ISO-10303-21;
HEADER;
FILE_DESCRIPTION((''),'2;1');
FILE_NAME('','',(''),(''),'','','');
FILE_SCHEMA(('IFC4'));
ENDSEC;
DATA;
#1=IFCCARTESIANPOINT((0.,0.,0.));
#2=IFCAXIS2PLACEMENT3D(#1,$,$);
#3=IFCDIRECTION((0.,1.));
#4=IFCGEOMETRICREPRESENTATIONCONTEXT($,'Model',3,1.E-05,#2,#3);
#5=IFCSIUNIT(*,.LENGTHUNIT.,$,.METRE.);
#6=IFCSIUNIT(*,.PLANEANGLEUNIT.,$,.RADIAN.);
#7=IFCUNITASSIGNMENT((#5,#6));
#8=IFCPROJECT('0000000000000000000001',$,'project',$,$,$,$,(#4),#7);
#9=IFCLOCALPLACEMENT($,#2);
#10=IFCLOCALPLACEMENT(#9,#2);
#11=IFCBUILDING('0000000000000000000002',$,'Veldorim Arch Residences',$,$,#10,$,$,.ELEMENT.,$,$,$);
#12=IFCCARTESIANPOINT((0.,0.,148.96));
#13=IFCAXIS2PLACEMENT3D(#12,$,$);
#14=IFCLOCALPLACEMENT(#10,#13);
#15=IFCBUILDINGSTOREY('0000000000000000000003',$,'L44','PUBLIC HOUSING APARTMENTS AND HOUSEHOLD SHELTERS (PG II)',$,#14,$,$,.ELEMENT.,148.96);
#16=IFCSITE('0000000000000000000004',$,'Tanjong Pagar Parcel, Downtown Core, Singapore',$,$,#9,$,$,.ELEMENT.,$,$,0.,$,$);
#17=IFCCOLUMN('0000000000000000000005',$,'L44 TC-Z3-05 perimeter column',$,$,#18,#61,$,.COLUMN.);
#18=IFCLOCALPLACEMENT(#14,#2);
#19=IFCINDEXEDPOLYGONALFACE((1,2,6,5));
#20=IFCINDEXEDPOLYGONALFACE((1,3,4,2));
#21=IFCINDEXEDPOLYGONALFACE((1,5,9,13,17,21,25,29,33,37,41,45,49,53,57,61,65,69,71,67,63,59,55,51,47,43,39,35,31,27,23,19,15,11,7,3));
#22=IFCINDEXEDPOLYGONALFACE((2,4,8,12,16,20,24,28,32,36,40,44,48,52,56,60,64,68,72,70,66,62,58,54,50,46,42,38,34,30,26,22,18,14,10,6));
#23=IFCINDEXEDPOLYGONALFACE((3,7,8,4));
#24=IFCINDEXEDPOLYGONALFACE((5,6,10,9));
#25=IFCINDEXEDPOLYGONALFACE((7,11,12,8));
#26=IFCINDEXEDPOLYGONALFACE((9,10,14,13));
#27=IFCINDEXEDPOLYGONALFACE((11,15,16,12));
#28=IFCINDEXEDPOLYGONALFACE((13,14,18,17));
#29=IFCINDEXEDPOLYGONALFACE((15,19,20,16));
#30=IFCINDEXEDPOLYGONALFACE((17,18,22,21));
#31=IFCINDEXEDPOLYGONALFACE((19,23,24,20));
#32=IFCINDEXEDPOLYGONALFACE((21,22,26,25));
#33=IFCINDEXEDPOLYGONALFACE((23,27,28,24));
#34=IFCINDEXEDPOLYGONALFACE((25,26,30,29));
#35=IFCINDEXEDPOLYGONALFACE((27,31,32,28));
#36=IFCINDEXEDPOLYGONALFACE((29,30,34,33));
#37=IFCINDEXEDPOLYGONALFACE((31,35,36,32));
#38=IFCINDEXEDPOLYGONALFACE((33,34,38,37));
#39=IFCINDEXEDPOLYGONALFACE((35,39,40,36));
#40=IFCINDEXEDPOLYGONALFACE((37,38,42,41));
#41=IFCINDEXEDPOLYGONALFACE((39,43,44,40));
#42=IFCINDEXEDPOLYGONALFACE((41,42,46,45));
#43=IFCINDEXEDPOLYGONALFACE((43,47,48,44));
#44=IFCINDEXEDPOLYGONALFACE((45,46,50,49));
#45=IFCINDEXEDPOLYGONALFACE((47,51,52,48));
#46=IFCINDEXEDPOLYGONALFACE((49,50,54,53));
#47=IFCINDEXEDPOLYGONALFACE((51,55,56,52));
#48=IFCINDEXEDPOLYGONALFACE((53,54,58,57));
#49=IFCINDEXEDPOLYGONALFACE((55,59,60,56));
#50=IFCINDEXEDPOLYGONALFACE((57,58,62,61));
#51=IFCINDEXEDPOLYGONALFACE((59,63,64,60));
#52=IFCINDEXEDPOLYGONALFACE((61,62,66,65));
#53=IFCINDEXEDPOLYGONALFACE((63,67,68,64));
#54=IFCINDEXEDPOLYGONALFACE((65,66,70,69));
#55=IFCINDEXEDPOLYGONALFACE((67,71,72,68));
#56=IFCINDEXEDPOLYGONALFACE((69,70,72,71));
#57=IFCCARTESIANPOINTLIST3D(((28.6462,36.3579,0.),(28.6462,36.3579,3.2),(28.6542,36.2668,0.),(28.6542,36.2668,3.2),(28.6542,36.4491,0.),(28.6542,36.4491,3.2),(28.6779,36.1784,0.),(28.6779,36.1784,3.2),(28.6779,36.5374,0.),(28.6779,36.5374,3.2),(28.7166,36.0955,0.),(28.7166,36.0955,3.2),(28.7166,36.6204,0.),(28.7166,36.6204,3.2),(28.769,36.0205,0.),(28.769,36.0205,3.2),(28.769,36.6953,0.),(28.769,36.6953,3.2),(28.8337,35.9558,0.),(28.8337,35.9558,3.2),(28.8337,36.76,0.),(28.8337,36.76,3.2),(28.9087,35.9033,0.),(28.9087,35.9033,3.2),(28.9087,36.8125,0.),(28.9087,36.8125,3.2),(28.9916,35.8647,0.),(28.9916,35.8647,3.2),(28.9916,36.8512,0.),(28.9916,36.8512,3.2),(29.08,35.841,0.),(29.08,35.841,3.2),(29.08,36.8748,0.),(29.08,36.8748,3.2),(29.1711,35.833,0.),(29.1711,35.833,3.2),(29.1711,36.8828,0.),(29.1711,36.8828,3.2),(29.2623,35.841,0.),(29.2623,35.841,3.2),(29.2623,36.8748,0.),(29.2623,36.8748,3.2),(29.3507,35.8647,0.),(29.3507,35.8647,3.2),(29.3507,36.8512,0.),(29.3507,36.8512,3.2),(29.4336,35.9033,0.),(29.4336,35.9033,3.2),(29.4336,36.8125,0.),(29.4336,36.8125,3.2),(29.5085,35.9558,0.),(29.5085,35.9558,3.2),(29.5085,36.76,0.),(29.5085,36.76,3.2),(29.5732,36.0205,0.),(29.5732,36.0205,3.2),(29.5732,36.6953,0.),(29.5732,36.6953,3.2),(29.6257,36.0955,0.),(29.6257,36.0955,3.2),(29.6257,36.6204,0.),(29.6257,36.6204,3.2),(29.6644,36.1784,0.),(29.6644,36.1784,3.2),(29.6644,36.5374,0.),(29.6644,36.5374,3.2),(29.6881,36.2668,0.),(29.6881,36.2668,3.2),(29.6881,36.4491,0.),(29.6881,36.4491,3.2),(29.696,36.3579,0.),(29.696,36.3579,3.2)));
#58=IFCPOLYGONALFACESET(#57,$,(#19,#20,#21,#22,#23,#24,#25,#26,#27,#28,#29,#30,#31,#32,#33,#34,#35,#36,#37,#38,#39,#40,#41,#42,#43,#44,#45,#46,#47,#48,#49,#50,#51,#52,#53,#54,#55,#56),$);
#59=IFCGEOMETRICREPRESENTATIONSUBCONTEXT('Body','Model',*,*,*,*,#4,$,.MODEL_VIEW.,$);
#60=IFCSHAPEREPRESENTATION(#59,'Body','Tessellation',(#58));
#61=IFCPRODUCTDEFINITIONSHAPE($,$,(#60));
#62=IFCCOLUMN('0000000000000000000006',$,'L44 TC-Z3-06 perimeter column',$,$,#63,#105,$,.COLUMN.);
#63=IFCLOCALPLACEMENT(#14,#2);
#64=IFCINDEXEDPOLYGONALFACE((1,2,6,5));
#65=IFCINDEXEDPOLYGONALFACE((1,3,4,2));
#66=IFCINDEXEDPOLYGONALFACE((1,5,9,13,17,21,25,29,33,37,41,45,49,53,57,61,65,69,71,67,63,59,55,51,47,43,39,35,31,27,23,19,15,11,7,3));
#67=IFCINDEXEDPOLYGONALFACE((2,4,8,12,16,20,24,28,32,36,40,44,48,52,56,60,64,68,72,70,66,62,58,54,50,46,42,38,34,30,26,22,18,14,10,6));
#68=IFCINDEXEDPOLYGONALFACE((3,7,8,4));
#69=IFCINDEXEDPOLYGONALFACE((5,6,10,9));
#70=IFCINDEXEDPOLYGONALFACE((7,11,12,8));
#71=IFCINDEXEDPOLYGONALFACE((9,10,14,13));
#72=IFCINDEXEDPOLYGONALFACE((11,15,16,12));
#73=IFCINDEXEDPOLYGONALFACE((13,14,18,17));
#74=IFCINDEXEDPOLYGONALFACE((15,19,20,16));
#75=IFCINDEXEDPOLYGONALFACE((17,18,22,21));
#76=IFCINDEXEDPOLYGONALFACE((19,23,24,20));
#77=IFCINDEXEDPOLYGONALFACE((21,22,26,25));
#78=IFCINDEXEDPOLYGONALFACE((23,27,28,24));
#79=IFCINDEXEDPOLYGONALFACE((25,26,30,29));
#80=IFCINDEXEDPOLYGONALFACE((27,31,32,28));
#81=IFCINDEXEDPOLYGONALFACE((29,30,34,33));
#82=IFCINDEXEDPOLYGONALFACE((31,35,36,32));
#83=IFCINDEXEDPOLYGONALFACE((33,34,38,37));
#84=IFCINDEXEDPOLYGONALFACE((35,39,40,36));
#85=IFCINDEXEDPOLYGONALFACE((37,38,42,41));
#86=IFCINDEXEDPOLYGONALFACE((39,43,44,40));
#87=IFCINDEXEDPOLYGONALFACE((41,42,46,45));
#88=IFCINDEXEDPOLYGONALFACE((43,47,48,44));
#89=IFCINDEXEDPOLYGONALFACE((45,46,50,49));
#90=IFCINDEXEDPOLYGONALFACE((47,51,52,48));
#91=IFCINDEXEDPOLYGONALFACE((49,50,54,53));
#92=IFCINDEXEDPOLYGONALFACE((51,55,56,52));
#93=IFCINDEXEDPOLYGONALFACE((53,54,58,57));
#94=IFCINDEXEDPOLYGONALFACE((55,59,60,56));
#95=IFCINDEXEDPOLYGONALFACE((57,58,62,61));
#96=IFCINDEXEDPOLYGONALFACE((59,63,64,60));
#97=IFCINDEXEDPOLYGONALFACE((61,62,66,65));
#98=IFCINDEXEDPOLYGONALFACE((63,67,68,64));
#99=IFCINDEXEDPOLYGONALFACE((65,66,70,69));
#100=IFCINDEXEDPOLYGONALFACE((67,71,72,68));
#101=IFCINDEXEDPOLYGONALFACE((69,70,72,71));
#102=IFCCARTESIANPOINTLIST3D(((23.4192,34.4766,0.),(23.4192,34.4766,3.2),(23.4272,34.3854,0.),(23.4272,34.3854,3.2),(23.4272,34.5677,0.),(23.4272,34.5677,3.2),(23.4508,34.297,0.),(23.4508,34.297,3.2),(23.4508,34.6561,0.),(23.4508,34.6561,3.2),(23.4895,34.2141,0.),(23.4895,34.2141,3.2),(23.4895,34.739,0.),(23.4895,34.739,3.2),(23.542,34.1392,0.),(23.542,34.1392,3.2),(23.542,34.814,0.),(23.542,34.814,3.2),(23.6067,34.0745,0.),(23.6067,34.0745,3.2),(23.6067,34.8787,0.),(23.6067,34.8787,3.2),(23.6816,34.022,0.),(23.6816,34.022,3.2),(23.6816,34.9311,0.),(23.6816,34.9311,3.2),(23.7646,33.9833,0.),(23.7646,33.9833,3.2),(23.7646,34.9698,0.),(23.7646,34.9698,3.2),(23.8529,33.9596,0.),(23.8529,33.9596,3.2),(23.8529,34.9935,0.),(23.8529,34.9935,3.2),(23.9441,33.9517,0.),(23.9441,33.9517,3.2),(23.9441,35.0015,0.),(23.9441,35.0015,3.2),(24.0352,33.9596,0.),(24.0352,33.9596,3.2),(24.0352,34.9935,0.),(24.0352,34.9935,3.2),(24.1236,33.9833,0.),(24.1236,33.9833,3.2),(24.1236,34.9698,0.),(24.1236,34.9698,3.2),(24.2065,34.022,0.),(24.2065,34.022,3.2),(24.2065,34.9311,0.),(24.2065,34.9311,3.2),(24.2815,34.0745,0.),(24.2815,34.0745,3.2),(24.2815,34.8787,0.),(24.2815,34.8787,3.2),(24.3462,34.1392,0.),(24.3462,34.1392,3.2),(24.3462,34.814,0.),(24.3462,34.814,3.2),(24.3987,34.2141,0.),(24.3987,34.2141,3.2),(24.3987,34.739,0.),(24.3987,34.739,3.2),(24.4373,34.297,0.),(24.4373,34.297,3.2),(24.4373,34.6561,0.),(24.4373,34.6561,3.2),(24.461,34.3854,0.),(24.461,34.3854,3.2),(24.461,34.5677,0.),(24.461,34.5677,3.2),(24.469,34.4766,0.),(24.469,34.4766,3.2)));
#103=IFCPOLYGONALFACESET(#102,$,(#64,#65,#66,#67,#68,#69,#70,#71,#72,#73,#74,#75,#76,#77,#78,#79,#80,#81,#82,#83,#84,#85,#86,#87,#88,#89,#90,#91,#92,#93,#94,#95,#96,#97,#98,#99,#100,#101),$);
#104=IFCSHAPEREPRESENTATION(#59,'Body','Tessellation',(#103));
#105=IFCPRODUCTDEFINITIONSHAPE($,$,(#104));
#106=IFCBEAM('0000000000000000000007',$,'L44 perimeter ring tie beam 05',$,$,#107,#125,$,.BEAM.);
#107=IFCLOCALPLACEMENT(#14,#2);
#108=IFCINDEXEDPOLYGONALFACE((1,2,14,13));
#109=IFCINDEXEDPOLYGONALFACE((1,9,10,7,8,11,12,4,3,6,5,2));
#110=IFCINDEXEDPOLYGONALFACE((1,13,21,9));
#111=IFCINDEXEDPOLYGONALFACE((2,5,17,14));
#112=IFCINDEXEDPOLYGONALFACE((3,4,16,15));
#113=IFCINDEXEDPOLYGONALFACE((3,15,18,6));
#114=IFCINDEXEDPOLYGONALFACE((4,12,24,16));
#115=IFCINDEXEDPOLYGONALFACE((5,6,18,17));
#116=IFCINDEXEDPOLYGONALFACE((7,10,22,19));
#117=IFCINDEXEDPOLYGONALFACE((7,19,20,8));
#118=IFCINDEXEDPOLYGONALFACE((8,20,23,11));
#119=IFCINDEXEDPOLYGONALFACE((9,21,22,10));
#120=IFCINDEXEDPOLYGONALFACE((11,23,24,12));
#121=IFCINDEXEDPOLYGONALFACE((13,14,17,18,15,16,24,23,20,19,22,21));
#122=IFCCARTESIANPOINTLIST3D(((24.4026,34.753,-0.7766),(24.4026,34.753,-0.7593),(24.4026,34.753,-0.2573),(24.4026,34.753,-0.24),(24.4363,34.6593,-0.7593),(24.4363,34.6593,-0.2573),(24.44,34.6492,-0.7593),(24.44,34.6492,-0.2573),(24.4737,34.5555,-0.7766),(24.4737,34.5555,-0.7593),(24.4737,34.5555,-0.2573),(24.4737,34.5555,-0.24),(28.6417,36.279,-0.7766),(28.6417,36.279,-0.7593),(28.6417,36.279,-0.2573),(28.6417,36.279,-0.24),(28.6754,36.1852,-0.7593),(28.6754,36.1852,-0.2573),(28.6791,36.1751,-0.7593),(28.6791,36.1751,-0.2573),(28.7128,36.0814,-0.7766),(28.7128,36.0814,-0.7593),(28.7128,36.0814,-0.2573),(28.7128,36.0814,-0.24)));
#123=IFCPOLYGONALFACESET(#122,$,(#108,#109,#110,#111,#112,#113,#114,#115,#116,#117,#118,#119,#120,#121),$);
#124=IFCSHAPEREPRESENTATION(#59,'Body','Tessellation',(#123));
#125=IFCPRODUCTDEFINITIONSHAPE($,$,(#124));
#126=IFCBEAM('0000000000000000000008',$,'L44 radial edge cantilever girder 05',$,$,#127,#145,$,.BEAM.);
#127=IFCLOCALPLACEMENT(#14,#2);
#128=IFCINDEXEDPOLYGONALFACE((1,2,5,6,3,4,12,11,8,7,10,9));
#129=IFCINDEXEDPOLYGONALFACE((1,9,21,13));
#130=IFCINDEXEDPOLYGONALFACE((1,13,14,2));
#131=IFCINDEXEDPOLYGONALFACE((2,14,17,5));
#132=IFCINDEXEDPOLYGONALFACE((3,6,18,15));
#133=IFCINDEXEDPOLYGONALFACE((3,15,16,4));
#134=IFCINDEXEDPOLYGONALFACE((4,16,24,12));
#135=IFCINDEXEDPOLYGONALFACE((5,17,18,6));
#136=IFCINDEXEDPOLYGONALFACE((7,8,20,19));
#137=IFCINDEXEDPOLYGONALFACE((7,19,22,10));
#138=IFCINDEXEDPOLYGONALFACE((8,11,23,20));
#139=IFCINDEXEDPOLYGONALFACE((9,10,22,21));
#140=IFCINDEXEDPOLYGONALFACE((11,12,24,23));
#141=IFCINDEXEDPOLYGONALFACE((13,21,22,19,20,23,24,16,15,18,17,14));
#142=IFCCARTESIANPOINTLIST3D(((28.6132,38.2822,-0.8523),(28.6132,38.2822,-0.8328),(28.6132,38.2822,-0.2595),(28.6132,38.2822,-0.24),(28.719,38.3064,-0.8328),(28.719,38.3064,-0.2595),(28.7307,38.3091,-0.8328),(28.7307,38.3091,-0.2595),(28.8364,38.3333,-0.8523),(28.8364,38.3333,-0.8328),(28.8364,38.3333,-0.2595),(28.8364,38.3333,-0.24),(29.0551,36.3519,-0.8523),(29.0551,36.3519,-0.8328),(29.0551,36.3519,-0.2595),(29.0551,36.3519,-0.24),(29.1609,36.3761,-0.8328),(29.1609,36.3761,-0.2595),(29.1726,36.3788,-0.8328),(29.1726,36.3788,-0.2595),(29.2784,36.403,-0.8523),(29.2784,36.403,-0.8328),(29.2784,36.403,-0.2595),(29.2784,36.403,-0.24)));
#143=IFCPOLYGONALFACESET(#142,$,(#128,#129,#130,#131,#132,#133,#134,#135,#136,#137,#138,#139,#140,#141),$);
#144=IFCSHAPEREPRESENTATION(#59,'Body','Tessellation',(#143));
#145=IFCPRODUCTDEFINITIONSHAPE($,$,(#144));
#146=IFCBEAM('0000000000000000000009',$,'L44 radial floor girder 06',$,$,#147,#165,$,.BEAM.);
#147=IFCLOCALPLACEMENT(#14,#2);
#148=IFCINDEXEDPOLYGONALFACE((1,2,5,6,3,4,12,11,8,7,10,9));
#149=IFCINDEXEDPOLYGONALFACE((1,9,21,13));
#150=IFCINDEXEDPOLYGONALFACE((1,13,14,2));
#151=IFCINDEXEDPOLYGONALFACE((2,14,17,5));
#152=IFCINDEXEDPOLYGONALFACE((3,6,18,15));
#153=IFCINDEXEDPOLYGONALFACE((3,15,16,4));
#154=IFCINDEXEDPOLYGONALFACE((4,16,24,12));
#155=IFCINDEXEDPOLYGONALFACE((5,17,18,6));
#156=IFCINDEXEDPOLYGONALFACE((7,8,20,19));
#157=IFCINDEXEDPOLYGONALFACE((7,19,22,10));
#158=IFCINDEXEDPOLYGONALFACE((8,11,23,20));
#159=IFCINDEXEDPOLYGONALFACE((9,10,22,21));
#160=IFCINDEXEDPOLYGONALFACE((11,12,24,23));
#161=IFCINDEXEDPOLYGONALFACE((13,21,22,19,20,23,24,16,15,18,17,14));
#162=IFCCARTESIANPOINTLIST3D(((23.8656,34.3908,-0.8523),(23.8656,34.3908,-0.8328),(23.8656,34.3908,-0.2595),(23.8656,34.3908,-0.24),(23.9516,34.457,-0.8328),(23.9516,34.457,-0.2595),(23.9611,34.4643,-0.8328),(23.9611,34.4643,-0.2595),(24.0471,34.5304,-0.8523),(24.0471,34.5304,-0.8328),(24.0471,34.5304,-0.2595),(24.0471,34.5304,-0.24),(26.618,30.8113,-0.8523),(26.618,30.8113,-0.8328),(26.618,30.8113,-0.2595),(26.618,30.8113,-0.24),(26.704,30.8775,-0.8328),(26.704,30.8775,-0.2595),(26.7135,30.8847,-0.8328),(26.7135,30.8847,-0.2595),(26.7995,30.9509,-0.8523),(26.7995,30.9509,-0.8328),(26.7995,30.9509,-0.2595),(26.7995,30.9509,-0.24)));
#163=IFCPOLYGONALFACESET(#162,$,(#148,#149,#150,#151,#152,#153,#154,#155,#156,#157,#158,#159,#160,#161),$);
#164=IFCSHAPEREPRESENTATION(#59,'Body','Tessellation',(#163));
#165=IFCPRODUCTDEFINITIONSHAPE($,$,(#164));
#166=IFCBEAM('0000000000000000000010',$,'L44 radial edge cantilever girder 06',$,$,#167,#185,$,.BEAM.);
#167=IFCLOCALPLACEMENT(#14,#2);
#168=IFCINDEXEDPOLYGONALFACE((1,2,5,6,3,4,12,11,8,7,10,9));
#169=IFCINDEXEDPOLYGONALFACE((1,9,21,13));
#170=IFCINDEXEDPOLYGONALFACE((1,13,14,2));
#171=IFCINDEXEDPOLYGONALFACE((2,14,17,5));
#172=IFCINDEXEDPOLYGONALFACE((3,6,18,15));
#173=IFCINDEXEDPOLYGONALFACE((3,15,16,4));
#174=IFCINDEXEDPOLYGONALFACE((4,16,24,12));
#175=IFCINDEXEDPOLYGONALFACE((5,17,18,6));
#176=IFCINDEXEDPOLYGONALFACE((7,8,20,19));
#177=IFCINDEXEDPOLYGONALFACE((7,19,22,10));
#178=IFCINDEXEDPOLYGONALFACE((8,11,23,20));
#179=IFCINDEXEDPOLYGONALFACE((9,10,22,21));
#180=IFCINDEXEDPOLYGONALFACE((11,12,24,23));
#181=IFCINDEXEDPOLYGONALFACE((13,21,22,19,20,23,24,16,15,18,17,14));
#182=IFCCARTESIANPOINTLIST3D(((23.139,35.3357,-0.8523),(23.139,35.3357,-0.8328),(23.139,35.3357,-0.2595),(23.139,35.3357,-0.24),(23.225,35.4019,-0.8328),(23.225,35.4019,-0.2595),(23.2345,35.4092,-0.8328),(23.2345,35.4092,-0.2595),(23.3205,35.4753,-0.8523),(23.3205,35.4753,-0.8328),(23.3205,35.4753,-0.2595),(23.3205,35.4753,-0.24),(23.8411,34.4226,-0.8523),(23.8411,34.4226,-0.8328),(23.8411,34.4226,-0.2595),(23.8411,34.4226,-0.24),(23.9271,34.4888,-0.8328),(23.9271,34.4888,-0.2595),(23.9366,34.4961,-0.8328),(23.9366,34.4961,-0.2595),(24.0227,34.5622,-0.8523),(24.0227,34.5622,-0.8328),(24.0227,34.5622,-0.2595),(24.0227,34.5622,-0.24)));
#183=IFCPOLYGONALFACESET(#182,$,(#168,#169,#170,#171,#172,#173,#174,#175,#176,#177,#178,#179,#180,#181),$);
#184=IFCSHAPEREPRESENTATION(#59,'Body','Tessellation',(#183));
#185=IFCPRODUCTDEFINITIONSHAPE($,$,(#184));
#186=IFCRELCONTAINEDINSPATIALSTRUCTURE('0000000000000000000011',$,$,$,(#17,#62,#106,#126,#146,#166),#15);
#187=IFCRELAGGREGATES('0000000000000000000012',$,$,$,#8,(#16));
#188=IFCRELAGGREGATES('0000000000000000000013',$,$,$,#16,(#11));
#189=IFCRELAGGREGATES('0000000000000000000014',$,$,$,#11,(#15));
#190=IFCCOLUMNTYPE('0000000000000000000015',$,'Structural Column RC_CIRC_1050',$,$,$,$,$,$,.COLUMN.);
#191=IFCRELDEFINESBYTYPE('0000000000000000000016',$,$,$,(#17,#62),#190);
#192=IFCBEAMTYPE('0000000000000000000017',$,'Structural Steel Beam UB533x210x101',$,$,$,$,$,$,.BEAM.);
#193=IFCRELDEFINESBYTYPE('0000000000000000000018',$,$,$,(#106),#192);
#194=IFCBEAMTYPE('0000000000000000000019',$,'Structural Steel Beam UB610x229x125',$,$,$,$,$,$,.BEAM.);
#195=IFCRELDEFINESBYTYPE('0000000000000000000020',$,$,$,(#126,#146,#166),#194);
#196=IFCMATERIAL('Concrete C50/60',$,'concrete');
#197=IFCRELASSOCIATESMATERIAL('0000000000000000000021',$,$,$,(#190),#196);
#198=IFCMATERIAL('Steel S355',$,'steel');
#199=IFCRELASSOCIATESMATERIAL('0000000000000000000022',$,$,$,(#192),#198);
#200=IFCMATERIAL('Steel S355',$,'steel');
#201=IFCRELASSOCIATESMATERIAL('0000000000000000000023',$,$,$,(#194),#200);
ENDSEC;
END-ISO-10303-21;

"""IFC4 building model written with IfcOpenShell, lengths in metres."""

from ifc_helpers import new_model, si_unit, direction, frame, origin, origin_2d, place, context, subcontext, project, spatial, circle, i_section, extrude, material, material_profile, profile_set, type_object, element, save


model = new_model("IFC4")

# Units and contexts
model_context = context("Model", 3, precision=1e-05, world=origin(), true_north=direction((0.0, 1.0)))
body_context = subcontext(model_context, "Body", "Model", "MODEL_VIEW")
ifc_project = project(units=[si_unit("LENGTHUNIT", "METRE"), si_unit("PLANEANGLEUNIT", "RADIAN")], contexts=[model_context])

# Site, building, storey
site_placement = place(None, origin())
site = spatial("IfcSite", under=ifc_project, at=site_placement, Name="Tanjong Pagar Parcel, Downtown Core, Singapore", CompositionType="ELEMENT", RefElevation=0.0)
building_placement = place(site_placement, origin())
building = spatial("IfcBuilding", under=site, at=building_placement, Name="Veldorim Arch Residences", CompositionType="ELEMENT")
storey_placement = place(building_placement, frame((0.0, 0.0, 148.96)))
storey = spatial("IfcBuildingStorey", under=building, at=storey_placement, Name="L44", Description="PUBLIC HOUSING APARTMENTS AND HOUSEHOLD SHELTERS (PG II)", CompositionType="ELEMENT", Elevation=148.96)

# Columns
ifc_material_1 = material(Name="Concrete C50/60", Category="concrete")
ifc_material_profile_1 = material_profile(ifc_material_1, circle(Radius=0.5249, at=origin_2d()), Name="RC_CIRC_1050")
ifc_profile_set_1 = profile_set([ifc_material_profile_1], Name="Concrete C50/60")
column_type = type_object("IfcColumnType", Name="Structural Column RC_CIRC_1050", PredefinedType="COLUMN", material=ifc_profile_set_1)
for number, where, z_axis, x_axis, name in (
    (1, (29.1711, 36.3579, 0.0), (0.0, 0.0, 1.0), (1.0, 0.0, 0.0), "L44 TC-Z3-05 perimeter column"),
    (2, (23.9441, 34.4766, 0.0), (0.0, 0.0, 1.0), (1.0, 0.0, 0.0), "L44 TC-Z3-06 perimeter column"),
):
    element("IfcColumn", number, at=place(storey_placement, frame(where, z_axis=z_axis, x_axis=x_axis)), inside=storey, type_object=column_type, Name=name, PredefinedType="COLUMN", context=body_context, shape_type="SweptSolid", body=[
        extrude(circle(Radius=0.5249, at=origin_2d()), origin(), (0.0, 0.0, 1.0), 3.2),
    ])

# Beams
ifc_material_2 = material(Name="Steel S355", Category="steel")
ifc_material_profile_2 = material_profile(ifc_material_2, i_section(OverallWidth=0.21, OverallDepth=0.5366, WebThickness=0.0107, FlangeThickness=0.0173, at=origin_2d()), Name="UB533x210x101")
ifc_profile_set_2 = profile_set([ifc_material_profile_2], Name="Steel S355")
beam_type_1 = type_object("IfcBeamType", Name="Structural Steel Beam UB533x210x101", PredefinedType="BEAM", material=ifc_profile_set_2)
beam_1_placement = place(storey_placement, frame((28.6772, 36.1802, -0.5083), z_axis=(-0.940899, -0.338687, 0.0), x_axis=(0.338687, -0.940899, 0.0)))
element("IfcBeam", 3, at=beam_1_placement, inside=storey, type_object=beam_type_1, Name="L44 perimeter ring tie beam 05", PredefinedType="BEAM", context=body_context, shape_type="SweptSolid", body=[
    extrude(i_section(OverallWidth=0.21, OverallDepth=0.5366, WebThickness=0.0107, FlangeThickness=0.0173, at=origin_2d()), origin(), (0.0, 0.0, 1.0), 4.5054),
])
ifc_material_3 = material(Name="Steel S355", Category="steel")
ifc_material_profile_3 = material_profile(ifc_material_3, i_section(OverallWidth=0.229, OverallDepth=0.6123, WebThickness=0.012, FlangeThickness=0.0195, at=origin_2d()), Name="UB610x229x125")
ifc_profile_set_3 = profile_set([ifc_material_profile_3], Name="Steel S355")
beam_type_2 = type_object("IfcBeamType", Name="Structural Steel Beam UB610x229x125", PredefinedType="BEAM", material=ifc_profile_set_3)
beam_2_placement = place(storey_placement, frame((29.1667, 36.3774, -0.5461), z_axis=(-0.223166, 0.97478, 0.0), x_axis=(-0.97478, -0.223166, 0.0)))
element("IfcBeam", 4, at=beam_2_placement, inside=storey, type_object=beam_type_2, Name="L44 radial edge cantilever girder 05", PredefinedType="BEAM", context=body_context, shape_type="SweptSolid", body=[
    extrude(i_section(OverallWidth=0.229, OverallDepth=0.6123, WebThickness=0.012, FlangeThickness=0.0195, at=origin_2d()), origin(), (0.0, 0.0, 1.0), 1.9802),
])
beam_3_placement = place(storey_placement, frame((26.7087, 30.8811, -0.5461), z_axis=(-0.609559, 0.792741, 0.0), x_axis=(-0.792741, -0.609559, 0.0)))
element("IfcBeam", 5, at=beam_3_placement, inside=storey, type_object=beam_type_2, Name="L44 radial floor girder 06", PredefinedType="BEAM", context=body_context, shape_type="SweptSolid", body=[
    extrude(i_section(OverallWidth=0.229, OverallDepth=0.6123, WebThickness=0.012, FlangeThickness=0.0195, at=origin_2d()), origin(), (0.0, 0.0, 1.0), 4.5154),
])
beam_4_placement = place(storey_placement, frame((23.9319, 34.4924, -0.5461), z_axis=(-0.609588, 0.792719, 0.0), x_axis=(-0.792719, -0.609588, 0.0)))
element("IfcBeam", 6, at=beam_4_placement, inside=storey, type_object=beam_type_2, Name="L44 radial edge cantilever girder 06", PredefinedType="BEAM", context=body_context, shape_type="SweptSolid", body=[
    extrude(i_section(OverallWidth=0.229, OverallDepth=0.6123, WebThickness=0.012, FlangeThickness=0.0195, at=origin_2d()), origin(), (0.0, 0.0, 1.0), 1.1519),
])

save(model, "model.ifc")
